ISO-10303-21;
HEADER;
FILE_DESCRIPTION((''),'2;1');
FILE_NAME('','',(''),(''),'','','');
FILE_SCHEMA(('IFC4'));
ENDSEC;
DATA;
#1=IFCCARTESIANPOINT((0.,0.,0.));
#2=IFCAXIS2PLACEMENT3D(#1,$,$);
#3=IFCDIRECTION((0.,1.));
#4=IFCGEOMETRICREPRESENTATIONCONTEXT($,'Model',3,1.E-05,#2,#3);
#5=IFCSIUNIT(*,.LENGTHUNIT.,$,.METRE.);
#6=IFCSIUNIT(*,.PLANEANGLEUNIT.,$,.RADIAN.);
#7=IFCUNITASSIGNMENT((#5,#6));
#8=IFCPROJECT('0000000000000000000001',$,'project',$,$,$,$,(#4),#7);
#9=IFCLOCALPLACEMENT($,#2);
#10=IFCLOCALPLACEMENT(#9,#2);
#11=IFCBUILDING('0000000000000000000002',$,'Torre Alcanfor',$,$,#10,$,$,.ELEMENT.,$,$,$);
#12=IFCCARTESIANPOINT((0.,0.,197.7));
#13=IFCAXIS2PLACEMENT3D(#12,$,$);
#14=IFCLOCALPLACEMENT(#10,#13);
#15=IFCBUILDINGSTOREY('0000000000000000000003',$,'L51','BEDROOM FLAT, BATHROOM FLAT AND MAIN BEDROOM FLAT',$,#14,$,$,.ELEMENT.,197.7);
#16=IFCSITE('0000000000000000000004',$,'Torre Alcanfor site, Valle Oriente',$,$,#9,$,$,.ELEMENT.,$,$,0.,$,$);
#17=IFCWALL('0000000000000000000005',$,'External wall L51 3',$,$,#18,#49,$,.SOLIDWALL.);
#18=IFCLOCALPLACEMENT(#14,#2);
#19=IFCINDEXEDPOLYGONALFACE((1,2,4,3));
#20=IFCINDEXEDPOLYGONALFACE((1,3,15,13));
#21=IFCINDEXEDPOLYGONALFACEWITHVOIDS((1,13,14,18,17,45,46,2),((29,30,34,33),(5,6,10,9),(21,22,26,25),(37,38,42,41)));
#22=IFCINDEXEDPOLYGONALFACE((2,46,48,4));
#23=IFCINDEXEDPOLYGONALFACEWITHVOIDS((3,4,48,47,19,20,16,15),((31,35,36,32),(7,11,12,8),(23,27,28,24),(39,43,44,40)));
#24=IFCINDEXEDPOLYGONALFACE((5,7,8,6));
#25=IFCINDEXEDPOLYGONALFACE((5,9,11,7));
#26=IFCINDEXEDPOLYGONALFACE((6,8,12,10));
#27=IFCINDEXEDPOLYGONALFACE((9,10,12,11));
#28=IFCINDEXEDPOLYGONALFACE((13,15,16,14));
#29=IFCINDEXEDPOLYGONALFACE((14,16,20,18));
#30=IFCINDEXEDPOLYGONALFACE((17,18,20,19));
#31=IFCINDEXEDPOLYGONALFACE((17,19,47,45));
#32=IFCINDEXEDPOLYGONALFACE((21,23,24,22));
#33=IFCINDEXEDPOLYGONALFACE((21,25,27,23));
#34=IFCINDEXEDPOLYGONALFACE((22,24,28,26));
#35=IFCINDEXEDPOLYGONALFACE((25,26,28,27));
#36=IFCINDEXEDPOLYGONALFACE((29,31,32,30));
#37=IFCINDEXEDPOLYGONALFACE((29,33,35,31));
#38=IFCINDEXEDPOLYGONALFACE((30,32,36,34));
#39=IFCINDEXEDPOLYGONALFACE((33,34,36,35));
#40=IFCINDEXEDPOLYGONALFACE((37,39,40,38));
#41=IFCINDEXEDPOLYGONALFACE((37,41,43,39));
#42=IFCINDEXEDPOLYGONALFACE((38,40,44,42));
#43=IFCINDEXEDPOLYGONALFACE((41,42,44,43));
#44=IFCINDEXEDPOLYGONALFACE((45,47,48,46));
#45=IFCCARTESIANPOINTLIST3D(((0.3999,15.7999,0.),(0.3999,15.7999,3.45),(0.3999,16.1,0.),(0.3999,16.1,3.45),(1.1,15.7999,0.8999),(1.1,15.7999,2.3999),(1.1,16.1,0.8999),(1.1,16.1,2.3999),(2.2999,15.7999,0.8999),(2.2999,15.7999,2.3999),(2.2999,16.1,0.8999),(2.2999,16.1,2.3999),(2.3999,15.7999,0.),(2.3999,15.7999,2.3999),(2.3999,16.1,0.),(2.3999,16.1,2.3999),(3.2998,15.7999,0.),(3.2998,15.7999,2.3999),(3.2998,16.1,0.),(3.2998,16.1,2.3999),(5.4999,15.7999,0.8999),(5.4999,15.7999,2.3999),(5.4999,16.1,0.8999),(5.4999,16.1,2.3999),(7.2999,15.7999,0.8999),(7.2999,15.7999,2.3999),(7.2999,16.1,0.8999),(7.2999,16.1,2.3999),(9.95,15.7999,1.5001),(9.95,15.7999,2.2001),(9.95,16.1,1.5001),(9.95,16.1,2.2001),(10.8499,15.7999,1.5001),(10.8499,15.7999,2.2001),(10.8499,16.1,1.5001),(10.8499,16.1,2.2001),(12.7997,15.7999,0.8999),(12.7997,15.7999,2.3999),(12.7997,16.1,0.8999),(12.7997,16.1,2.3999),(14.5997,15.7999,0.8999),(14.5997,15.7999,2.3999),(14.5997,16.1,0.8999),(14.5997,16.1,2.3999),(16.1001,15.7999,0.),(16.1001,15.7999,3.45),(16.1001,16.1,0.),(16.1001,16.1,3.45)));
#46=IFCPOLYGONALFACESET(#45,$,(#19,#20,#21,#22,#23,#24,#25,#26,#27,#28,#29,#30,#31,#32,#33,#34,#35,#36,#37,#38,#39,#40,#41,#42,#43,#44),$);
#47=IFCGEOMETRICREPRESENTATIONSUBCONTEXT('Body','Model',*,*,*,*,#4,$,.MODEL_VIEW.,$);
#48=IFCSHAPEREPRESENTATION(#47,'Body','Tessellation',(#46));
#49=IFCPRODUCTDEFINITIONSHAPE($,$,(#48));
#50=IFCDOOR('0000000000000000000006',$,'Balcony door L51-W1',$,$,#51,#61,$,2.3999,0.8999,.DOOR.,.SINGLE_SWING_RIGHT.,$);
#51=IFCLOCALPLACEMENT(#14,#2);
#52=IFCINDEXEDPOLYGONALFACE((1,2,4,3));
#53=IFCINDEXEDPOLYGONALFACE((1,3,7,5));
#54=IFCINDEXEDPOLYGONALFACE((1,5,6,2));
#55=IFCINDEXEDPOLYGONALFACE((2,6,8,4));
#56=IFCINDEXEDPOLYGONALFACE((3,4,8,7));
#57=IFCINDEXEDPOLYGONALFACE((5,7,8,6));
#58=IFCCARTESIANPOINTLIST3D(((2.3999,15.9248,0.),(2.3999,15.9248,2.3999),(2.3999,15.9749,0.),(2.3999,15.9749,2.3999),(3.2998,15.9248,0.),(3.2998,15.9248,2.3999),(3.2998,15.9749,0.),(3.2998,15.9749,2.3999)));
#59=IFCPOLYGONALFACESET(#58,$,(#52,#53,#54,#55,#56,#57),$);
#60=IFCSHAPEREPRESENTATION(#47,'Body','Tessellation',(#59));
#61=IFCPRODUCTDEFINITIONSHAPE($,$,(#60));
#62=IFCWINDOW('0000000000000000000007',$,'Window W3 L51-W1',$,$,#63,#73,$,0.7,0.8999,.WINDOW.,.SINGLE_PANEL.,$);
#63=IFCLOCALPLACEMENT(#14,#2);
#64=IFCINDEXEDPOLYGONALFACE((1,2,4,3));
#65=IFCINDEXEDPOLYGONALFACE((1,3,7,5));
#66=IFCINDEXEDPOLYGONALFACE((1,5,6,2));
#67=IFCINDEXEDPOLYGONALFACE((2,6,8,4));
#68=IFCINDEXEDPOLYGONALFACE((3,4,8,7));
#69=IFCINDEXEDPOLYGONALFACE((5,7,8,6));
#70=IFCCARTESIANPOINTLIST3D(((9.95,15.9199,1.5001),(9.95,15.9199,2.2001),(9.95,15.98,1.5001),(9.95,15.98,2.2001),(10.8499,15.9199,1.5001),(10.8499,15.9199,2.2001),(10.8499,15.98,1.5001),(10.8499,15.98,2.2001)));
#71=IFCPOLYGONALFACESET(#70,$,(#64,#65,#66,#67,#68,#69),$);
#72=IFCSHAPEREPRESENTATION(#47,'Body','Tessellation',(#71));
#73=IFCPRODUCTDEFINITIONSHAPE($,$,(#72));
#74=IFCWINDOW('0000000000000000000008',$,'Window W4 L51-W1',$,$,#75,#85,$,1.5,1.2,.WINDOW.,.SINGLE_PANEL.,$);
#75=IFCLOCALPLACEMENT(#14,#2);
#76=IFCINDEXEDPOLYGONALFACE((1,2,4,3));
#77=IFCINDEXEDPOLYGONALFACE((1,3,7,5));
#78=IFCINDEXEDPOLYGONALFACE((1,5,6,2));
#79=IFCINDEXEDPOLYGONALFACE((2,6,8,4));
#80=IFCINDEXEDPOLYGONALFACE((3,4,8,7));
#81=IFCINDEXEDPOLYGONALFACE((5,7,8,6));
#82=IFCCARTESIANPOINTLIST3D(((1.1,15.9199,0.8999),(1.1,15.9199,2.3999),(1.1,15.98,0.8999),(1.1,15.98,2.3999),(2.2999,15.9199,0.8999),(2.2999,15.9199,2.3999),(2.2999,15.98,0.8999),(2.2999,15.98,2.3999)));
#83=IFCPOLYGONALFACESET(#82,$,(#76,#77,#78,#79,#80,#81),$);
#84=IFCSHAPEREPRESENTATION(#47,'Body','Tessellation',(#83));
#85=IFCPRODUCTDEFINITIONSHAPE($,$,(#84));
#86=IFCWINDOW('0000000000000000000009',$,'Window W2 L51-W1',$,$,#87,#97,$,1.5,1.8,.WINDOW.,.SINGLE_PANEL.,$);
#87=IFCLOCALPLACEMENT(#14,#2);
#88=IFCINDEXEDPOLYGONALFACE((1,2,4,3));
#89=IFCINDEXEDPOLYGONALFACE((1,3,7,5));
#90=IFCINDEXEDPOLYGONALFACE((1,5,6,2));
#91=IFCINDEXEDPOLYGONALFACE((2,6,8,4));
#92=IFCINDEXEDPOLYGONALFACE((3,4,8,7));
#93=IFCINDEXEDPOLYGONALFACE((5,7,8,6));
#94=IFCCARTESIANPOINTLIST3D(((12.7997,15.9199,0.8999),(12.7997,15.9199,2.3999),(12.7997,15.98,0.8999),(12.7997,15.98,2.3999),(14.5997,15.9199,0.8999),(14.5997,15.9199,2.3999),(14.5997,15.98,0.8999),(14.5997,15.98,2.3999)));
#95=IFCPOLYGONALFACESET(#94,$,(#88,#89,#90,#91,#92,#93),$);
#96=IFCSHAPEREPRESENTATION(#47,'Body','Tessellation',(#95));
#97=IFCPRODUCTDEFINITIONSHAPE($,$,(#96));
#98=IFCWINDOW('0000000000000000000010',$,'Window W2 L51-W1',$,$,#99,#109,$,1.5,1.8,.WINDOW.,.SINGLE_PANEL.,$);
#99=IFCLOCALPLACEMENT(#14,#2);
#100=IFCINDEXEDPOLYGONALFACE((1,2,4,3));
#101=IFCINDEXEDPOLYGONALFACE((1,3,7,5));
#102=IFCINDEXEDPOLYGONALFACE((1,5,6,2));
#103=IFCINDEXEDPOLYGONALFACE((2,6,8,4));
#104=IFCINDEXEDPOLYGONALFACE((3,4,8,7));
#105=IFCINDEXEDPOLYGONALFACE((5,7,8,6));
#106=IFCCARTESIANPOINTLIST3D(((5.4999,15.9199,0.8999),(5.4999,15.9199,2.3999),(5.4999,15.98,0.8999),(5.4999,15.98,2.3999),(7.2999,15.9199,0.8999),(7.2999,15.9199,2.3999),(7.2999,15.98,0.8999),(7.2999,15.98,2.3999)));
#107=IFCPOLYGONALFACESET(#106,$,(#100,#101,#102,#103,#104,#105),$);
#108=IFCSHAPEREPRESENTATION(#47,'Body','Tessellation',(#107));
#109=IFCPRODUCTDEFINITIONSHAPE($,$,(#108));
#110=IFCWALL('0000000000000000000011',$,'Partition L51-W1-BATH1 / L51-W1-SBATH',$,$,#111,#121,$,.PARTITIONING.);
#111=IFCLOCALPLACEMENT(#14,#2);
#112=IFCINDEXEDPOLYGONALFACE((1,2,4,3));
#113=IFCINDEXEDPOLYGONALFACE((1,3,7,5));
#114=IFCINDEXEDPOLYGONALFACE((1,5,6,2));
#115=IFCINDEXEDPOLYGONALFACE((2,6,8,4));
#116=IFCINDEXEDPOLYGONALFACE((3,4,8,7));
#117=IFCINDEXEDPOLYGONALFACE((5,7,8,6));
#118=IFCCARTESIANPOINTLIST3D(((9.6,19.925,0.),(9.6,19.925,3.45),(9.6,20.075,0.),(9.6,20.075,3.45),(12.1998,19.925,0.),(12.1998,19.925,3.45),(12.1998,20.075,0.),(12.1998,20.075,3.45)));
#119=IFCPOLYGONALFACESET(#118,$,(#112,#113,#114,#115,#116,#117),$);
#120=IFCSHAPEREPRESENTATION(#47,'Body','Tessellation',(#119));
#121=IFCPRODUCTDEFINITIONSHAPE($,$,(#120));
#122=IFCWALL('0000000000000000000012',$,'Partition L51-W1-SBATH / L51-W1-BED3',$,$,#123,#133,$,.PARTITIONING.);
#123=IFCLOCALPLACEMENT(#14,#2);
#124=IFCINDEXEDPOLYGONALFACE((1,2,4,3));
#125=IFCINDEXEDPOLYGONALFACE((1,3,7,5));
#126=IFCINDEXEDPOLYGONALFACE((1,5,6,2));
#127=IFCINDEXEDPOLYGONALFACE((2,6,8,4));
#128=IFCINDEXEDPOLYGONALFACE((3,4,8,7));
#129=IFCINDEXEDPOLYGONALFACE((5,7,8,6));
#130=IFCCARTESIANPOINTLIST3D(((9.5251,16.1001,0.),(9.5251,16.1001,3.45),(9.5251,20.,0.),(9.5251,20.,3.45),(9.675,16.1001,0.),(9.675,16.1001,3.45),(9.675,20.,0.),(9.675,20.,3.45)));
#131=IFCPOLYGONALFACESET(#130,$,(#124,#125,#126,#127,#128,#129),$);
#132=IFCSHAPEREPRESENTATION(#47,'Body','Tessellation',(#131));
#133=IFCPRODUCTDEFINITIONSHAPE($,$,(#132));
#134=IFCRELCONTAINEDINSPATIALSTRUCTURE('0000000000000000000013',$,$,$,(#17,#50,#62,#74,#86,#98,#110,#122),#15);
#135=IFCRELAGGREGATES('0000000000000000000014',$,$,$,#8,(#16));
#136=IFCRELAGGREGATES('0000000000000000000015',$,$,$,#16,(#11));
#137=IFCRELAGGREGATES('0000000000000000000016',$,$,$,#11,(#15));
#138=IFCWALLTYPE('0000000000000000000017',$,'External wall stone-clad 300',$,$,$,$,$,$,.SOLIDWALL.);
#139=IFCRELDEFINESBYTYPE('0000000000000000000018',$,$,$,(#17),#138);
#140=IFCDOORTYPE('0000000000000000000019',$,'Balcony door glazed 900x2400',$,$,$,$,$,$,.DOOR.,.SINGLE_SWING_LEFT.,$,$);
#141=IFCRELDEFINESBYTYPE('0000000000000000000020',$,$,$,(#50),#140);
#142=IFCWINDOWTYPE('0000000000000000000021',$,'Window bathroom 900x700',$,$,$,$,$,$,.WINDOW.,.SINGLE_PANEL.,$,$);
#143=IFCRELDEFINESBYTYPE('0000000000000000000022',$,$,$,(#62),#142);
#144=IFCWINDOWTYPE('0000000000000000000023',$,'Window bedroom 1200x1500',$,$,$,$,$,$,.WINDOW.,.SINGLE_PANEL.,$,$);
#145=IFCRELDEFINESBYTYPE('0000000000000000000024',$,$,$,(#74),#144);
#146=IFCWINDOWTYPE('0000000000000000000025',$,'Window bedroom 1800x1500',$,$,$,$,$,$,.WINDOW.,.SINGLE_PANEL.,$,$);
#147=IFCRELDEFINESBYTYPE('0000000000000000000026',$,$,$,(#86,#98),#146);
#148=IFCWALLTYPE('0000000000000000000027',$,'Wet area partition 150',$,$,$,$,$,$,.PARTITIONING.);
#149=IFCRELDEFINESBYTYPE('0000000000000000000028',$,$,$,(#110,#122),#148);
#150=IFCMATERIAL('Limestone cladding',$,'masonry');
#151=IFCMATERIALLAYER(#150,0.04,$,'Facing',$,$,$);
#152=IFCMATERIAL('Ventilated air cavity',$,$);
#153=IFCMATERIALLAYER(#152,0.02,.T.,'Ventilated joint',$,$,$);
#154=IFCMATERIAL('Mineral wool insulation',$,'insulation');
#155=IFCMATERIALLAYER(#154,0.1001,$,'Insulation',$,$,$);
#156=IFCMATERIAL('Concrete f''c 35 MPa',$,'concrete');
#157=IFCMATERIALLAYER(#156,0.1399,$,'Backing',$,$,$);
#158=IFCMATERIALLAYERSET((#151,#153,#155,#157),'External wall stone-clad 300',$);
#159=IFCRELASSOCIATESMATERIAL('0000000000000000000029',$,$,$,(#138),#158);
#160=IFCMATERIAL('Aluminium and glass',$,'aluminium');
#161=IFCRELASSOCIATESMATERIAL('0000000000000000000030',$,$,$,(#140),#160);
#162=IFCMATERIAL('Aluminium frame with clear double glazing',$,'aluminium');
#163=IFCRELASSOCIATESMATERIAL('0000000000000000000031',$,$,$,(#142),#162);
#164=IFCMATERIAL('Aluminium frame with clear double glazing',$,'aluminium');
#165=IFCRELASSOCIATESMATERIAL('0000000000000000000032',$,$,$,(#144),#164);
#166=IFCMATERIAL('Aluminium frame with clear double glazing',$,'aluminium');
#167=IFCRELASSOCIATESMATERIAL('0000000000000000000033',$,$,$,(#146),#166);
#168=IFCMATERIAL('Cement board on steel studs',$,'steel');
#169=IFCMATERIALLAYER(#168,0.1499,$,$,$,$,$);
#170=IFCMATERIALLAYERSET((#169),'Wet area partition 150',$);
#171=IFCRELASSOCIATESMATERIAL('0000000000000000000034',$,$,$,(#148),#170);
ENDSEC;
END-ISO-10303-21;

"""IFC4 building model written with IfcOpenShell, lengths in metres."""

from ifc_helpers import new_model, si_unit, direction, frame, frame_2d, origin, place, context, subcontext, project, spatial, rectangle, extrude, material, layer, layer_set, type_object, element, fill, save


model = new_model("IFC4")

# Units and contexts
model_context = context("Model", 3, precision=1e-05, world=origin(), true_north=direction((0.0, 1.0)))
body_context = subcontext(model_context, "Body", "Model", "MODEL_VIEW")
ifc_project = project(units=[si_unit("LENGTHUNIT", "METRE"), si_unit("PLANEANGLEUNIT", "RADIAN")], contexts=[model_context])

# Site, building, storey
site_placement = place(None, origin())
site = spatial("IfcSite", under=ifc_project, at=site_placement, Name="Torre Alcanfor site, Valle Oriente", CompositionType="ELEMENT", RefElevation=0.0)
building_placement = place(site_placement, origin())
building = spatial("IfcBuilding", under=site, at=building_placement, Name="Torre Alcanfor", CompositionType="ELEMENT")
storey_placement = place(building_placement, frame((0.0, 0.0, 197.7)))
storey = spatial("IfcBuildingStorey", under=building, at=storey_placement, Name="L51", Description="BEDROOM FLAT, BATHROOM FLAT AND MAIN BEDROOM FLAT", CompositionType="ELEMENT", Elevation=197.7)

# Wall, openings, door, windows
ifc_material_1 = material(Name="Limestone cladding", Category="masonry")
ifc_layer_1 = layer(ifc_material_1, 0.04, Name="Facing")
ifc_material_2 = material(Name="Ventilated air cavity")
ifc_layer_2 = layer(ifc_material_2, 0.02, ventilated=True, Name="Ventilated joint")
ifc_material_3 = material(Name="Mineral wool insulation", Category="insulation")
ifc_layer_3 = layer(ifc_material_3, 0.1001, Name="Insulation")
ifc_material_4 = material(Name="Concrete f'c 35 MPa", Category="concrete")
ifc_layer_4 = layer(ifc_material_4, 0.1399, Name="Backing")
ifc_layer_set_1 = layer_set([ifc_layer_1, ifc_layer_2, ifc_layer_3, ifc_layer_4], Name="External wall stone-clad 300")
wall_type_1 = type_object("IfcWallType", Name="External wall stone-clad 300", PredefinedType="SOLIDWALL", material=ifc_layer_set_1)
wall_1_placement = place(storey_placement, frame((0.3999, 15.95, 0.0), z_axis=(0.0, 0.0, 1.0), x_axis=(1.0, 0.0, 0.0)))
wall_1 = element("IfcWall", 1, at=wall_1_placement, inside=storey, type_object=wall_type_1, Name="External wall L51 3", PredefinedType="SOLIDWALL", context=body_context, shape_type="SweptSolid", body=[
    extrude(rectangle(XDim=15.7002, YDim=0.3, at=frame_2d((7.8501, 0.0))), origin(), (0.0, 0.0, 1.0), 3.45),
])
opening_1_placement = place(wall_1_placement, frame((12.3999, 0.0, 0.8999)))
opening_1 = element("IfcOpeningElement", 2, at=opening_1_placement, cuts=wall_1, PredefinedType="OPENING", context=body_context, shape_type="SweptSolid", body=[
    extrude(rectangle(XDim=1.8, YDim=1.5, at=frame_2d((0.8999, 0.75))), frame((0.0, 0.1599, 0.0), z_axis=(0.0, -1.0, 0.0), x_axis=(1.0, 0.0, 0.0)), (0.0, 0.0, 1.0), 0.3201),
])
opening_2_placement = place(wall_1_placement, frame((9.55, 0.0, 1.5)))
opening_2 = element("IfcOpeningElement", 3, at=opening_2_placement, cuts=wall_1, PredefinedType="OPENING", context=body_context, shape_type="SweptSolid", body=[
    extrude(rectangle(XDim=0.8999, YDim=0.7, at=frame_2d((0.45, 0.3501))), frame((0.0, 0.1599, 0.0), z_axis=(0.0, -1.0, 0.0), x_axis=(1.0, 0.0, 0.0)), (0.0, 0.0, 1.0), 0.3201),
])
opening_3_placement = place(wall_1_placement, frame((5.1001, 0.0, 0.8999)))
opening_3 = element("IfcOpeningElement", 4, at=opening_3_placement, cuts=wall_1, PredefinedType="OPENING", context=body_context, shape_type="SweptSolid", body=[
    extrude(rectangle(XDim=1.8, YDim=1.5, at=frame_2d((0.8999, 0.75))), frame((0.0, 0.1599, 0.0), z_axis=(0.0, -1.0, 0.0), x_axis=(1.0, 0.0, 0.0)), (0.0, 0.0, 1.0), 0.3201),
])
opening_4_placement = place(wall_1_placement, frame((2.0, 0.0, 0.0)))
opening_4 = element("IfcOpeningElement", 5, at=opening_4_placement, cuts=wall_1, PredefinedType="OPENING", context=body_context, shape_type="SweptSolid", body=[
    extrude(rectangle(XDim=0.8999, YDim=2.3999, at=frame_2d((0.45, 1.2))), frame((0.0, 0.1599, 0.0), z_axis=(0.0, -1.0, 0.0), x_axis=(1.0, 0.0, 0.0)), (0.0, 0.0, 1.0), 0.3201),
])
opening_5_placement = place(wall_1_placement, frame((0.7, 0.0, 0.8999)))
opening_5 = element("IfcOpeningElement", 6, at=opening_5_placement, cuts=wall_1, PredefinedType="OPENING", context=body_context, shape_type="SweptSolid", body=[
    extrude(rectangle(XDim=1.2, YDim=1.5, at=frame_2d((0.6001, 0.75))), frame((0.0, 0.1599, 0.0), z_axis=(0.0, -1.0, 0.0), x_axis=(1.0, 0.0, 0.0)), (0.0, 0.0, 1.0), 0.3201),
])
ifc_material_5 = material(Name="Aluminium and glass", Category="aluminium")
door_type = type_object("IfcDoorType", Name="Balcony door glazed 900x2400", OperationType="SINGLE_SWING_LEFT", PredefinedType="DOOR", material=ifc_material_5)
door_placement = place(opening_4_placement, origin())
door = element("IfcDoor", 7, at=door_placement, inside=storey, type_object=door_type, Name="Balcony door L51-W1", OperationType="SINGLE_SWING_RIGHT", OverallHeight=2.3999, OverallWidth=0.8999, PredefinedType="DOOR", context=body_context, shape_type="SweptSolid", body=[
    extrude(rectangle(XDim=0.8999, YDim=2.3999, at=frame_2d((0.45, 1.2))), frame((0.0, 0.0249, 0.0), z_axis=(0.0, -1.0, 0.0), x_axis=(1.0, 0.0, 0.0)), (0.0, 0.0, 1.0), 0.05),
])
fill(opening_4, door)
ifc_material_6 = material(Name="Aluminium frame with clear double glazing", Category="aluminium")
window_type_1 = type_object("IfcWindowType", Name="Window bathroom 900x700", PartitioningType="SINGLE_PANEL", PredefinedType="WINDOW", material=ifc_material_6)
window_1_placement = place(opening_2_placement, origin())
window_1 = element("IfcWindow", 8, at=window_1_placement, inside=storey, type_object=window_type_1, Name="Window W3 L51-W1", OverallHeight=0.7, OverallWidth=0.8999, PartitioningType="SINGLE_PANEL", PredefinedType="WINDOW", context=body_context, shape_type="SweptSolid", body=[
    extrude(rectangle(XDim=0.8999, YDim=0.7, at=frame_2d((0.45, 0.3501))), frame((0.0, 0.03, 0.0), z_axis=(0.0, -1.0, 0.0), x_axis=(1.0, 0.0, 0.0)), (0.0, 0.0, 1.0), 0.0601),
])
fill(opening_2, window_1)
ifc_material_7 = material(Name="Aluminium frame with clear double glazing", Category="aluminium")
window_type_2 = type_object("IfcWindowType", Name="Window bedroom 1200x1500", PartitioningType="SINGLE_PANEL", PredefinedType="WINDOW", material=ifc_material_7)
window_2_placement = place(opening_5_placement, origin())
window_2 = element("IfcWindow", 9, at=window_2_placement, inside=storey, type_object=window_type_2, Name="Window W4 L51-W1", OverallHeight=1.5, OverallWidth=1.2, PartitioningType="SINGLE_PANEL", PredefinedType="WINDOW", context=body_context, shape_type="SweptSolid", body=[
    extrude(rectangle(XDim=1.2, YDim=1.5, at=frame_2d((0.6001, 0.75))), frame((0.0, 0.03, 0.0), z_axis=(0.0, -1.0, 0.0), x_axis=(1.0, 0.0, 0.0)), (0.0, 0.0, 1.0), 0.0601),
])
fill(opening_5, window_2)
ifc_material_8 = material(Name="Aluminium frame with clear double glazing", Category="aluminium")
window_type_3 = type_object("IfcWindowType", Name="Window bedroom 1800x1500", PartitioningType="SINGLE_PANEL", PredefinedType="WINDOW", material=ifc_material_8)
window_3_placement = place(opening_1_placement, origin())
window_3 = element("IfcWindow", 10, at=window_3_placement, inside=storey, type_object=window_type_3, Name="Window W2 L51-W1", OverallHeight=1.5, OverallWidth=1.8, PartitioningType="SINGLE_PANEL", PredefinedType="WINDOW", context=body_context, shape_type="SweptSolid", body=[
    extrude(rectangle(XDim=1.8, YDim=1.5, at=frame_2d((0.8999, 0.75))), frame((0.0, 0.03, 0.0), z_axis=(0.0, -1.0, 0.0), x_axis=(1.0, 0.0, 0.0)), (0.0, 0.0, 1.0), 0.0601),
])
fill(opening_1, window_3)
window_4_placement = place(opening_3_placement, origin())
window_4 = element("IfcWindow", 11, at=window_4_placement, inside=storey, type_object=window_type_3, Name="Window W2 L51-W1", OverallHeight=1.5, OverallWidth=1.8, PartitioningType="SINGLE_PANEL", PredefinedType="WINDOW", context=body_context, shape_type="SweptSolid", body=[
    extrude(rectangle(XDim=1.8, YDim=1.5, at=frame_2d((0.8999, 0.75))), frame((0.0, 0.03, 0.0), z_axis=(0.0, -1.0, 0.0), x_axis=(1.0, 0.0, 0.0)), (0.0, 0.0, 1.0), 0.0601),
])
fill(opening_3, window_4)

# Walls
ifc_material_9 = material(Name="Cement board on steel studs", Category="steel")
ifc_layer_5 = layer(ifc_material_9, 0.1499)
ifc_layer_set_2 = layer_set([ifc_layer_5], Name="Wet area partition 150")
wall_type_2 = type_object("IfcWallType", Name="Wet area partition 150", PredefinedType="PARTITIONING", material=ifc_layer_set_2)
wall_2_placement = place(storey_placement, frame((9.6001, 20.0, 0.0), z_axis=(0.0, 0.0, 1.0), x_axis=(1.0, 0.0, 0.0)))
element("IfcWall", 12, at=wall_2_placement, inside=storey, type_object=wall_type_2, Name="Partition L51-W1-BATH1 / L51-W1-SBATH", PredefinedType="PARTITIONING", context=body_context, shape_type="SweptSolid", body=[
    extrude(rectangle(XDim=2.5999, YDim=0.1499, at=frame_2d((1.2998, 0.0))), origin(), (0.0, 0.0, 1.0), 3.45),
])
wall_3_placement = place(storey_placement, frame((9.6001, 20.0, 0.0), z_axis=(0.0, 0.0, 1.0), x_axis=(0.0, -1.0, 0.0)))
element("IfcWall", 13, at=wall_3_placement, inside=storey, type_object=wall_type_2, Name="Partition L51-W1-SBATH / L51-W1-BED3", PredefinedType="PARTITIONING", context=body_context, shape_type="SweptSolid", body=[
    extrude(rectangle(XDim=3.8999, YDim=0.1499, at=frame_2d((1.95, 0.0))), origin(), (0.0, 0.0, 1.0), 3.45),
])

save(model, "model.ifc")
